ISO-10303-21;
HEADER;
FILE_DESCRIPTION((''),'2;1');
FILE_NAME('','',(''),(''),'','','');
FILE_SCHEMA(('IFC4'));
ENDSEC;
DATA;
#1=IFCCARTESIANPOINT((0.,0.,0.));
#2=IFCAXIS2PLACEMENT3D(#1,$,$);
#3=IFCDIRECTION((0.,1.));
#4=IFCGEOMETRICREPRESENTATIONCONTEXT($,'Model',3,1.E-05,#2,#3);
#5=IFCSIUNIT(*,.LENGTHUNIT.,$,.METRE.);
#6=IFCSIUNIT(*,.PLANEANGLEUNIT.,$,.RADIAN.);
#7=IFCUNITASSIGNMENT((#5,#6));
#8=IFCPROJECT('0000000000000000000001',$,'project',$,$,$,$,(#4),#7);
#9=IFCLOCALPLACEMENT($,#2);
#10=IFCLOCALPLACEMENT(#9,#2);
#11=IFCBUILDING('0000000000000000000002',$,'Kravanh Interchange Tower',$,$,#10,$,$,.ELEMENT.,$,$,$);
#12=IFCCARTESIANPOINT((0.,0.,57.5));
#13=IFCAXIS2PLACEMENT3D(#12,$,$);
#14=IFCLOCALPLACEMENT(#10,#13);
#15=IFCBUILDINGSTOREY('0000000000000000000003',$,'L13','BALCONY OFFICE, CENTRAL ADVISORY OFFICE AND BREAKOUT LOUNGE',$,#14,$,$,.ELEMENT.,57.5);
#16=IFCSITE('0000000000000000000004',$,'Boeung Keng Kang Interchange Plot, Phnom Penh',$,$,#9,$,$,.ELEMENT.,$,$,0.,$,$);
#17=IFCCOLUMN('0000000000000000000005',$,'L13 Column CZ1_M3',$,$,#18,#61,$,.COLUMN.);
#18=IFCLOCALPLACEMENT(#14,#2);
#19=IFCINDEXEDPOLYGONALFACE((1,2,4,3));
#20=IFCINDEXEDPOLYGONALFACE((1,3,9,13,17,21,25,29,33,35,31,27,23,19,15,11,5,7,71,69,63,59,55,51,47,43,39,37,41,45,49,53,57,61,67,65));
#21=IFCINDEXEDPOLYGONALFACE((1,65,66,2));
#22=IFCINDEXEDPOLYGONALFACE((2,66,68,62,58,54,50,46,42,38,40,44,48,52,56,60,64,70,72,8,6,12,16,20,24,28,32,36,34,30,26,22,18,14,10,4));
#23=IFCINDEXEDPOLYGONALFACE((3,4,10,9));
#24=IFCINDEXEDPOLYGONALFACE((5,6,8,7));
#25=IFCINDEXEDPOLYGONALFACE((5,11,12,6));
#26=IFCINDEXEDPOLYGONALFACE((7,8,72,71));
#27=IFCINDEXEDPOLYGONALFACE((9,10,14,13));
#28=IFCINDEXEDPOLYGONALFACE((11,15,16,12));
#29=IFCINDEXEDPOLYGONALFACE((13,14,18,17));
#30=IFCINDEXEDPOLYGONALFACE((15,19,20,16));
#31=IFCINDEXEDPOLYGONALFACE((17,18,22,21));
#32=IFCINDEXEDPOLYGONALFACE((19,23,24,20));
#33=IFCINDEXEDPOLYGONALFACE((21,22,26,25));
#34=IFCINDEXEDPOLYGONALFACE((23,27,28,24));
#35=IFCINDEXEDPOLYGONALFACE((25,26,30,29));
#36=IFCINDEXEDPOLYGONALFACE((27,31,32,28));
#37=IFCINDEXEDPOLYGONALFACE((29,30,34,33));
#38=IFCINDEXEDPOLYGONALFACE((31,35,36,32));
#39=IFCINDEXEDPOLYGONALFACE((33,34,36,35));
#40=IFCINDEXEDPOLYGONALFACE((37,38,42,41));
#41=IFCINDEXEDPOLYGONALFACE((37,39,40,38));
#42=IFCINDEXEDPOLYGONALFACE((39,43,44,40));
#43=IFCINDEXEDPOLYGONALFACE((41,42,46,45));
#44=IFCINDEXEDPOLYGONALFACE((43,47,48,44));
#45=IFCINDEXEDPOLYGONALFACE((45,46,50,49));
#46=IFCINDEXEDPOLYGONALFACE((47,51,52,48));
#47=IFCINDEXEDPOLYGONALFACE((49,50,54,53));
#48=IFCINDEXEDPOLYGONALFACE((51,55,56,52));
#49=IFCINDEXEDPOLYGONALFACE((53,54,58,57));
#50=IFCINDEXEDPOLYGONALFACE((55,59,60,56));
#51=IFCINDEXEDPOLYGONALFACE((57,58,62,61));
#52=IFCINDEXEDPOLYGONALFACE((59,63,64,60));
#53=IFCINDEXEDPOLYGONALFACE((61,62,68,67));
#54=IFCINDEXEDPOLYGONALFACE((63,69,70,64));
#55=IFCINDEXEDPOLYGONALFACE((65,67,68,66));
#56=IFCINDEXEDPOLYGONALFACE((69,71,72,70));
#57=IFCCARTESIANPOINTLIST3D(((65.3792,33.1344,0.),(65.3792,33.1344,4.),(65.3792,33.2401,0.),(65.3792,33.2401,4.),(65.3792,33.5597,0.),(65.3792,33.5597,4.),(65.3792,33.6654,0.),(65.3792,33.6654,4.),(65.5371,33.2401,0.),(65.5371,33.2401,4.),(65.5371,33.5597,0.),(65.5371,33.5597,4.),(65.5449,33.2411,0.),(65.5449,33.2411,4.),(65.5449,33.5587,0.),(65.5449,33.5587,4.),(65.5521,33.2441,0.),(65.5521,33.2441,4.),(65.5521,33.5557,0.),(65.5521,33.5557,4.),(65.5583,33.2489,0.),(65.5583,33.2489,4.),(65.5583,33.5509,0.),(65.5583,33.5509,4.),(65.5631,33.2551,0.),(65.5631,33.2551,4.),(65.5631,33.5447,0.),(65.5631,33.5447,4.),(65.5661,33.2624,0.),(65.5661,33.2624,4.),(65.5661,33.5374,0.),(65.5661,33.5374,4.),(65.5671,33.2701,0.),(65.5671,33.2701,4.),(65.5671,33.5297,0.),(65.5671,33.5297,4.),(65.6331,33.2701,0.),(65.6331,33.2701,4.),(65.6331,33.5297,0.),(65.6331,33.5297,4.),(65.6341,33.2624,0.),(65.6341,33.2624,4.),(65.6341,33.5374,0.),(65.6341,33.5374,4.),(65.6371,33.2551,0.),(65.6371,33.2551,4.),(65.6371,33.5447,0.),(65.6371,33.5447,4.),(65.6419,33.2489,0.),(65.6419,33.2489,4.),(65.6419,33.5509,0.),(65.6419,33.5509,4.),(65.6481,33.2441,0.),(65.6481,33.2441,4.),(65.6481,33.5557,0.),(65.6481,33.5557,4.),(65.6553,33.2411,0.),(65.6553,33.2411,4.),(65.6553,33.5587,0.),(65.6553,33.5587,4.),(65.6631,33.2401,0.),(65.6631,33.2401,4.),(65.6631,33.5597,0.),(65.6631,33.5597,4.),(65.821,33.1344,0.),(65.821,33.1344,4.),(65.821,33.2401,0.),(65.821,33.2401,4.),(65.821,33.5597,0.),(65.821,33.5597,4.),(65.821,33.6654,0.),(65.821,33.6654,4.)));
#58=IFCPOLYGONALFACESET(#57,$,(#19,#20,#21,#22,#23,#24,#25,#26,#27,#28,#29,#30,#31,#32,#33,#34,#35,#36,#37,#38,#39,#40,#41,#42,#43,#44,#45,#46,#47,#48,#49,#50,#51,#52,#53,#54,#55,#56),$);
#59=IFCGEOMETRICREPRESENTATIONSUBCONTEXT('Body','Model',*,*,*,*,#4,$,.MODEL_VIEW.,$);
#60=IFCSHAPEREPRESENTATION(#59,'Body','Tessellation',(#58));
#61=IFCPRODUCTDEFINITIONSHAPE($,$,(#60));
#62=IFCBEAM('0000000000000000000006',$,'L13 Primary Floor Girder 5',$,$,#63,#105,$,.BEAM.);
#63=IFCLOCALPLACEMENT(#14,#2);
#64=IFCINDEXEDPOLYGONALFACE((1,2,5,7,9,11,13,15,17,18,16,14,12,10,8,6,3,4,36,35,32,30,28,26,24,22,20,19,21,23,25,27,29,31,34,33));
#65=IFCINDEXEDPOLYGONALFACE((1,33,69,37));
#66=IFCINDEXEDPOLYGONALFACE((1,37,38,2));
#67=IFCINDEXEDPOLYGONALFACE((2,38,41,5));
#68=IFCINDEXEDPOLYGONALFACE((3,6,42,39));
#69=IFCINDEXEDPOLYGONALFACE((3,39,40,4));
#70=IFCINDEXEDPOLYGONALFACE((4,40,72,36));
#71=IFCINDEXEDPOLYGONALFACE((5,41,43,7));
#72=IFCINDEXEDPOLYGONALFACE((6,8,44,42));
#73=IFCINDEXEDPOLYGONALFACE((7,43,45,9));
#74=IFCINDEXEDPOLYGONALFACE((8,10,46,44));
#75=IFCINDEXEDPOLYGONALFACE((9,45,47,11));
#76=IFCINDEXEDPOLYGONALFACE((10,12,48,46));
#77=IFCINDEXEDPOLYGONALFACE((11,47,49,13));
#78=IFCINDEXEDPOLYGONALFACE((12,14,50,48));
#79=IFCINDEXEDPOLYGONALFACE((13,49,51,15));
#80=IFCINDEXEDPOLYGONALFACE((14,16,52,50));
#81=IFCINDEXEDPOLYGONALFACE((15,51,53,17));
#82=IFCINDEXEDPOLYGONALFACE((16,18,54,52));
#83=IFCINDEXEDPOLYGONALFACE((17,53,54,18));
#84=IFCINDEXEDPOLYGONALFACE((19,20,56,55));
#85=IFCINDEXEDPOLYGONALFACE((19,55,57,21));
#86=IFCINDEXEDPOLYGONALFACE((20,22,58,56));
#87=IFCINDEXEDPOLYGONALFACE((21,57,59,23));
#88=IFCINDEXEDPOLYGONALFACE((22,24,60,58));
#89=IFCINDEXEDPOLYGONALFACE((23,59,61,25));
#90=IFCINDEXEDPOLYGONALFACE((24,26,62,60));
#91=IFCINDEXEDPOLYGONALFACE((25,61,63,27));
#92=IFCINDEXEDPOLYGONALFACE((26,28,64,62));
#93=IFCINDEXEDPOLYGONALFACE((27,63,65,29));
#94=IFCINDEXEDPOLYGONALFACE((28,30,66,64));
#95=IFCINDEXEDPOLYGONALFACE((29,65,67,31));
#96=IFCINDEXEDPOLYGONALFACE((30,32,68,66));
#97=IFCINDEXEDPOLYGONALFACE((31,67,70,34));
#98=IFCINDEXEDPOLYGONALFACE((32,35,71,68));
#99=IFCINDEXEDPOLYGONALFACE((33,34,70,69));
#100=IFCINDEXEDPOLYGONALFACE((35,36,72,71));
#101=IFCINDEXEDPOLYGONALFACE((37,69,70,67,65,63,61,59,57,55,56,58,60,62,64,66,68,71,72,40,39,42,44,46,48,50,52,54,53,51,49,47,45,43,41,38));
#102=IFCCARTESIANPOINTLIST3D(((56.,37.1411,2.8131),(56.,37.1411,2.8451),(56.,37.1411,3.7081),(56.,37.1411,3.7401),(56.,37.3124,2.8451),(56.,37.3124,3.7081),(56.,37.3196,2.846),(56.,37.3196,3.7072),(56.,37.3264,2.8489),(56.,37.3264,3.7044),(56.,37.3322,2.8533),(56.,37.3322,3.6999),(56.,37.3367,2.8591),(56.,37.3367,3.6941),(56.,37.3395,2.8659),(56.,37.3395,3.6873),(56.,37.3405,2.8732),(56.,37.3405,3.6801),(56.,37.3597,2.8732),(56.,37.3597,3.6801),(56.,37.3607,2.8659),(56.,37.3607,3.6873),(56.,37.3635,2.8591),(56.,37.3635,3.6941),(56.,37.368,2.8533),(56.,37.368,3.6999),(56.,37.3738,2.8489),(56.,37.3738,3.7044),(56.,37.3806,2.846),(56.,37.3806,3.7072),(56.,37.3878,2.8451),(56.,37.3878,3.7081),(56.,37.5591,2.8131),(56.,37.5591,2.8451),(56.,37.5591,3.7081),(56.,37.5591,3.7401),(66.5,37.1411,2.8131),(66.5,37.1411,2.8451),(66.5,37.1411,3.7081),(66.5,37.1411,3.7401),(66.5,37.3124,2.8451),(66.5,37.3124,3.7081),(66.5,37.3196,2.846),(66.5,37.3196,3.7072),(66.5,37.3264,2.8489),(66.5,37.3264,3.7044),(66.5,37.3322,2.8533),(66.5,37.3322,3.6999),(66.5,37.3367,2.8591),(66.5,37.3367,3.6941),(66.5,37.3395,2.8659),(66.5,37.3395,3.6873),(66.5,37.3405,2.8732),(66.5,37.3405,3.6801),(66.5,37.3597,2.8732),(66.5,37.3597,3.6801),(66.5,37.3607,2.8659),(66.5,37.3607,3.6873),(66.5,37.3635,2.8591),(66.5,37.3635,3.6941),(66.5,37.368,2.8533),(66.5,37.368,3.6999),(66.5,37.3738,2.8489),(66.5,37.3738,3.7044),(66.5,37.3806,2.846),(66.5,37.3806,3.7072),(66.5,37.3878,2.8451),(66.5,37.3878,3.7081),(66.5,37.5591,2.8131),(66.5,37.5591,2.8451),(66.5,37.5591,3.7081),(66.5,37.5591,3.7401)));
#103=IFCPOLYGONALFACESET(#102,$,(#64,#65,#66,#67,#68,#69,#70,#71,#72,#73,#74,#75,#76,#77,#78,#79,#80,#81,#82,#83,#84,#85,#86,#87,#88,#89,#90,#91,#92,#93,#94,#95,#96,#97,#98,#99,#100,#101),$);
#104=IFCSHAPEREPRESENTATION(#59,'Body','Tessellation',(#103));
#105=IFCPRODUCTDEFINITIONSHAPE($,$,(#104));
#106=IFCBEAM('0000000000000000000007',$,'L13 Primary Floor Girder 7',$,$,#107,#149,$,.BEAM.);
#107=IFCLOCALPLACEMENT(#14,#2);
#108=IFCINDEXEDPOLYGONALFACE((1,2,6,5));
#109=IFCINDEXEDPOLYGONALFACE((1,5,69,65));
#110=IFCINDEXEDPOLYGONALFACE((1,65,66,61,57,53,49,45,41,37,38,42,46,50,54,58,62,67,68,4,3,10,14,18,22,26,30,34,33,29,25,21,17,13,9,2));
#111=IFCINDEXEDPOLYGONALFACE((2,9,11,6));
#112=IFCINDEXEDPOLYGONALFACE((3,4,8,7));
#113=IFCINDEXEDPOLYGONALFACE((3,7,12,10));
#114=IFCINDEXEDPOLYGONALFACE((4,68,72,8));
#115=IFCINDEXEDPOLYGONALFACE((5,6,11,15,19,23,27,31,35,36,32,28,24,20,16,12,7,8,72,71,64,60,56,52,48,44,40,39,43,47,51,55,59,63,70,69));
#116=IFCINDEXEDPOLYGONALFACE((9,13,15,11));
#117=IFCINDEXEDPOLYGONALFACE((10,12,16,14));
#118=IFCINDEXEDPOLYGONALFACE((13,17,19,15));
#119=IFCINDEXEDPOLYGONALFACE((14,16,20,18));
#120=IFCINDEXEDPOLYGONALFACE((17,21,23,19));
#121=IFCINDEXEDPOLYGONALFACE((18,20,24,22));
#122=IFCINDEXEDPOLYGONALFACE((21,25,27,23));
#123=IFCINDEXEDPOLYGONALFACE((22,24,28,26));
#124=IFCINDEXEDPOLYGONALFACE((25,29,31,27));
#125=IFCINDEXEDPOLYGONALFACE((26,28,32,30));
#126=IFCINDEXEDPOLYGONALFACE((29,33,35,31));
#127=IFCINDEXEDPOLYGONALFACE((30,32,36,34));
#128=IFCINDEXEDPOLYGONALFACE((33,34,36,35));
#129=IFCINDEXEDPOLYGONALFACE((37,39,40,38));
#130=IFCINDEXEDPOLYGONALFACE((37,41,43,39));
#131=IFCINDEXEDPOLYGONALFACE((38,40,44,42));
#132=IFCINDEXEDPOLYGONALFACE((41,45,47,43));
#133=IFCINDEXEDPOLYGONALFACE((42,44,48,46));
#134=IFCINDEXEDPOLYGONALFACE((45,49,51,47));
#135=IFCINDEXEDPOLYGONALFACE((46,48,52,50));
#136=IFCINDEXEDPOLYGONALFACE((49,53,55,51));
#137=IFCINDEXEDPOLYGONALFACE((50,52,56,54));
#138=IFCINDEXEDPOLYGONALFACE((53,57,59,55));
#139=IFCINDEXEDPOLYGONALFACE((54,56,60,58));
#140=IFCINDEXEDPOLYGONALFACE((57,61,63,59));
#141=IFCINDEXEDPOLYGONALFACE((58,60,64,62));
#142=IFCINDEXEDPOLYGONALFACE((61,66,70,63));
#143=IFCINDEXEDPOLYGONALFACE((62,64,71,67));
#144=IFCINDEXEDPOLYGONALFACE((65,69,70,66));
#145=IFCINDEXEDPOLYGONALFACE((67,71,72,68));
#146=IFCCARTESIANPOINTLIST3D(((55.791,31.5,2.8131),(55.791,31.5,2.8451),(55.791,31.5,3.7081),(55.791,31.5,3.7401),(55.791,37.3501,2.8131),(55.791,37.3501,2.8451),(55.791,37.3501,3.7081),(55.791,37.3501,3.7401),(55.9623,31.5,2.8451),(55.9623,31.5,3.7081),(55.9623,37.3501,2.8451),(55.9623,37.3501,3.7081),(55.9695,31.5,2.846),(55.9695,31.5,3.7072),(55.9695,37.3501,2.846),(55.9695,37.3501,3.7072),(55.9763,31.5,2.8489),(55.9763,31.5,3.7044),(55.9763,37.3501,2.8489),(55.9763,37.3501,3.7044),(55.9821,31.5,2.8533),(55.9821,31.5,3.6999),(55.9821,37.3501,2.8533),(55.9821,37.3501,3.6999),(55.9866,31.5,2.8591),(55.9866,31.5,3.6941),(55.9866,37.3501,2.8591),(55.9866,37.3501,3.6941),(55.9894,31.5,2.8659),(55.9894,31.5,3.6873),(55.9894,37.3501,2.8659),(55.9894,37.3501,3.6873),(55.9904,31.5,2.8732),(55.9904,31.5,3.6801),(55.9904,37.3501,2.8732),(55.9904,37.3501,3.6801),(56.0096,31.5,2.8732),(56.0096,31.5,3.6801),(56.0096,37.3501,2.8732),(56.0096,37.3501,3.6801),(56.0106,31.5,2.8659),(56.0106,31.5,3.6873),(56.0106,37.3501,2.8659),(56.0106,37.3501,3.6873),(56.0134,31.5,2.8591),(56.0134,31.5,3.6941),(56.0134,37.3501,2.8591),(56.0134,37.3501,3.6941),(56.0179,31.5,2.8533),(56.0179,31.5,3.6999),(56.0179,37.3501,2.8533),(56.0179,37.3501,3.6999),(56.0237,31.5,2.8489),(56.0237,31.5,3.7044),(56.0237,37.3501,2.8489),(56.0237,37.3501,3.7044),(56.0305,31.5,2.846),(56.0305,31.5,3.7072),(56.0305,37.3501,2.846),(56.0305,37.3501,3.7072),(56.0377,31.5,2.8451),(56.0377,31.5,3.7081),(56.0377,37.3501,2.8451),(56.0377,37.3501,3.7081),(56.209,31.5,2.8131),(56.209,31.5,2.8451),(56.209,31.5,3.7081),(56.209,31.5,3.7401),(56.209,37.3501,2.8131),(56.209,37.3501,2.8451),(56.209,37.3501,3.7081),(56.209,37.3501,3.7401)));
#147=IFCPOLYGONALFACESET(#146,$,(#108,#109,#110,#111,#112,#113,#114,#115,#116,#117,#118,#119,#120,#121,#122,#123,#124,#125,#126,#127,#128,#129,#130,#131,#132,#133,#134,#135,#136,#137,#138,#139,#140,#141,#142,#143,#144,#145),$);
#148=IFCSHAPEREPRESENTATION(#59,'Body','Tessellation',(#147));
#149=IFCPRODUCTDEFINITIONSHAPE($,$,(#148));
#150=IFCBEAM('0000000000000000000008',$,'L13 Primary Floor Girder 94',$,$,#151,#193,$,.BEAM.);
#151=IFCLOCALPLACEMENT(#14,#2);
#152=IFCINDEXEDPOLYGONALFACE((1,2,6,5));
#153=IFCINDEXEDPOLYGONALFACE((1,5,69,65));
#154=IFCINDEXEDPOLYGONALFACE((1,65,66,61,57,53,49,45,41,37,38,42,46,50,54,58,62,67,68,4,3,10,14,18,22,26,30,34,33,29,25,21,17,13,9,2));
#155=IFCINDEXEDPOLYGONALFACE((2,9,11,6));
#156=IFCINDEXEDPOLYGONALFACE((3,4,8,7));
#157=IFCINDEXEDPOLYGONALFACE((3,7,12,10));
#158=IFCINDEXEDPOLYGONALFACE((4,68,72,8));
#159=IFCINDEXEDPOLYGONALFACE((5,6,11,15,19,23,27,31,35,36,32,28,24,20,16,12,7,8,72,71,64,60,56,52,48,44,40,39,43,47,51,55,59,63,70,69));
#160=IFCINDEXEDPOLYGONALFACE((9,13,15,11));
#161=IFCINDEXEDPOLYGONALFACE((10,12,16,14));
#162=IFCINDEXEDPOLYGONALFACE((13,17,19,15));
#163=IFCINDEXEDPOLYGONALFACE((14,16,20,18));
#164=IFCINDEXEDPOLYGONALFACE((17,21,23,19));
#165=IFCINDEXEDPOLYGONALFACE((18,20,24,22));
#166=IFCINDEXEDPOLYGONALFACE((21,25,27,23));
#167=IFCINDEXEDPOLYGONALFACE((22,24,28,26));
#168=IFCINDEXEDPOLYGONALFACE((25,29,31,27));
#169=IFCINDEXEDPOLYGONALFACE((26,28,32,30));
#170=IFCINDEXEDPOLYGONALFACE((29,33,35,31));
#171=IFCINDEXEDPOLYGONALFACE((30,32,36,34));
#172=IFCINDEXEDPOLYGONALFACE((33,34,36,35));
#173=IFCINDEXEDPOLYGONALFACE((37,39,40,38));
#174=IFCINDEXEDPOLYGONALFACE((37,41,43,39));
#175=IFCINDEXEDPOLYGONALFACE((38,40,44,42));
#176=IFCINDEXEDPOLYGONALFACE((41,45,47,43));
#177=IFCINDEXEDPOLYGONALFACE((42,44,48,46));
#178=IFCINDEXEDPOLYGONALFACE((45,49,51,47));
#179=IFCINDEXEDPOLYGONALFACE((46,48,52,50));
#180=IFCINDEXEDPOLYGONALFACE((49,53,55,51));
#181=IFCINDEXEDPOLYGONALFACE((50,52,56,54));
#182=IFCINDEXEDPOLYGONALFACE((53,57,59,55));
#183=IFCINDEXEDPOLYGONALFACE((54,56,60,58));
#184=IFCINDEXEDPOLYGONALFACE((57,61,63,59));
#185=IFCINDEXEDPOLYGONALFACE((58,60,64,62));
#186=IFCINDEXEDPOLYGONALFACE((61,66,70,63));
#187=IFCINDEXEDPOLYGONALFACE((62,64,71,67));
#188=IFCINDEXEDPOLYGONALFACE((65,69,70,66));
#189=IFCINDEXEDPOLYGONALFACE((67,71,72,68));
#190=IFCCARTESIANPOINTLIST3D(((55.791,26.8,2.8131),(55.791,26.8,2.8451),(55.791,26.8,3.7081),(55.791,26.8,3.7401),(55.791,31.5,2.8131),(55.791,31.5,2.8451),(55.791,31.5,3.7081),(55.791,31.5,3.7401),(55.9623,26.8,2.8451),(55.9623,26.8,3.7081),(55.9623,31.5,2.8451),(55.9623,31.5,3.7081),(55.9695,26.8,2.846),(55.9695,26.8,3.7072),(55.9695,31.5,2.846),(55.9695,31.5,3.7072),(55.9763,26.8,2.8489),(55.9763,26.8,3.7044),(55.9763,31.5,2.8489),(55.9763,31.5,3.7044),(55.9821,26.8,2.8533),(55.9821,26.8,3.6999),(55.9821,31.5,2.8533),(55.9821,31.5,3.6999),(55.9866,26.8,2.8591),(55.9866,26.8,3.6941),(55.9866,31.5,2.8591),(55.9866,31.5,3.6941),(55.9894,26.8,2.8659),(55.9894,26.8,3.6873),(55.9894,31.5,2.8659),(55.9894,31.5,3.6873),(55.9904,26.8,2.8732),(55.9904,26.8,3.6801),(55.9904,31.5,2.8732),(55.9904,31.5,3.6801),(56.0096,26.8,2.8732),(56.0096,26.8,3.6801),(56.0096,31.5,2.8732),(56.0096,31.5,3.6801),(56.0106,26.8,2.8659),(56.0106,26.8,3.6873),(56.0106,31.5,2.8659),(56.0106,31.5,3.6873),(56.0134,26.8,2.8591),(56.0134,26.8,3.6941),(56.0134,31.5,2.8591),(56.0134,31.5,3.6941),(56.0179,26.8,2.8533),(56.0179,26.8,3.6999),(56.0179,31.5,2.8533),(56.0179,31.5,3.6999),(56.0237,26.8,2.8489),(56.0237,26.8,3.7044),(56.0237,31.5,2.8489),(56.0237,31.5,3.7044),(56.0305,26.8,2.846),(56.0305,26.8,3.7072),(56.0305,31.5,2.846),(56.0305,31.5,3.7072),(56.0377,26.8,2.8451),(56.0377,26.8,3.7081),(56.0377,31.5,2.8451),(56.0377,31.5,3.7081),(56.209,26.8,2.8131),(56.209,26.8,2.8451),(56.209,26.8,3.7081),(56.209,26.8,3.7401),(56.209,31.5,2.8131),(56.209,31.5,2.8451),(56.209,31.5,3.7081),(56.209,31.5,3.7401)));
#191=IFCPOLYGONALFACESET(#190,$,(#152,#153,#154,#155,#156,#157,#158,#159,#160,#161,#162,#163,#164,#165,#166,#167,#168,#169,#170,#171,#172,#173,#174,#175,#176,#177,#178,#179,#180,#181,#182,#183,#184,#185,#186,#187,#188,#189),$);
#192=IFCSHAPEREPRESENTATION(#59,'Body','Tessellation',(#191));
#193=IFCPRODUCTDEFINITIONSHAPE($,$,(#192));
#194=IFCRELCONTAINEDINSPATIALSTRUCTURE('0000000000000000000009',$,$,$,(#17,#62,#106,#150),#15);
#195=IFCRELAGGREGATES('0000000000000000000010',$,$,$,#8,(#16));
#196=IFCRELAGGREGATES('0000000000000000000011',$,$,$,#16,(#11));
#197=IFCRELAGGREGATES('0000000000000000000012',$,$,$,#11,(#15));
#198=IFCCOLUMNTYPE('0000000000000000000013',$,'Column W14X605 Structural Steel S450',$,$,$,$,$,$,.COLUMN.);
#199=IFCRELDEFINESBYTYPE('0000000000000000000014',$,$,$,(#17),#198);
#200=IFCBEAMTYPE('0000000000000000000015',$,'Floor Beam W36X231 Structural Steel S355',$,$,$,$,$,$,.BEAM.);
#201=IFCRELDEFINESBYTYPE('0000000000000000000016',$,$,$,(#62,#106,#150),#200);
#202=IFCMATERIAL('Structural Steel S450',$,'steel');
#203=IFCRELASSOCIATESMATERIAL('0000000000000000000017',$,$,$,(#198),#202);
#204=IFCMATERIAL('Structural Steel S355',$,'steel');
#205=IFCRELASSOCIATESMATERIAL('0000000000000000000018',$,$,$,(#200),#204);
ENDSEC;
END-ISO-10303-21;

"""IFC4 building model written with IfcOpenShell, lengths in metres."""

from ifc_helpers import new_model, si_unit, direction, frame, origin, origin_2d, place, context, subcontext, project, spatial, i_section, extrude, material, material_profile, profile_set, type_object, element, save


model = new_model("IFC4")

# Units and contexts
model_context = context("Model", 3, precision=1e-05, world=origin(), true_north=direction((0.0, 1.0)))
body_context = subcontext(model_context, "Body", "Model", "MODEL_VIEW")
ifc_project = project(units=[si_unit("LENGTHUNIT", "METRE"), si_unit("PLANEANGLEUNIT", "RADIAN")], contexts=[model_context])

# Site, building, storey
site_placement = place(None, origin())
site = spatial("IfcSite", under=ifc_project, at=site_placement, Name="Boeung Keng Kang Interchange Plot, Phnom Penh", CompositionType="ELEMENT", RefElevation=0.0)
building_placement = place(site_placement, origin())
building = spatial("IfcBuilding", under=site, at=building_placement, Name="Kravanh Interchange Tower", CompositionType="ELEMENT")
storey_placement = place(building_placement, frame((0.0, 0.0, 57.5)))
storey = spatial("IfcBuildingStorey", under=building, at=storey_placement, Name="L13", Description="BALCONY OFFICE, CENTRAL ADVISORY OFFICE AND BREAKOUT LOUNGE", CompositionType="ELEMENT", Elevation=57.5)

# Column
ifc_material_1 = material(Name="Structural Steel S450", Category="steel")
ifc_material_profile_1 = material_profile(ifc_material_1, i_section(OverallWidth=0.4419, OverallDepth=0.531, WebThickness=0.0659, FlangeThickness=0.1057, FilletRadius=0.03, at=origin_2d()), Name="W14X605")
ifc_profile_set_1 = profile_set([ifc_material_profile_1], Name="Structural Steel S450")
column_type_1 = type_object("IfcColumnType", Name="Column W14X605 Structural Steel S450", PredefinedType="COLUMN", material=ifc_profile_set_1)
for number, where, z_axis, x_axis, name in (
    (1, (65.6001, 33.3999, 0.0), (0.0, 0.0, 1.0), (1.0, 0.0, 0.0), "L13 Column CZ1_M3"),
):
    element("IfcColumn", number, at=place(storey_placement, frame(where, z_axis=z_axis, x_axis=x_axis)), inside=storey, type_object=column_type_1, Name=name, PredefinedType="COLUMN", context=body_context, shape_type="SweptSolid", body=[
        extrude(i_section(OverallWidth=0.4419, OverallDepth=0.531, WebThickness=0.0659, FlangeThickness=0.1057, FilletRadius=0.03, at=origin_2d()), origin(), (0.0, 0.0, 1.0), 4.0),
    ])

# Beams
ifc_material_2 = material(Name="Structural Steel S355", Category="steel")
ifc_material_profile_2 = material_profile(ifc_material_2, i_section(OverallWidth=0.418, OverallDepth=0.927, WebThickness=0.0193, FlangeThickness=0.032, FilletRadius=0.0281, at=origin_2d()), Name="W36X231")
ifc_profile_set_2 = profile_set([ifc_material_profile_2], Name="Structural Steel S355")
beam_type_1 = type_object("IfcBeamType", Name="Floor Beam W36X231 Structural Steel S355", PredefinedType="BEAM", material=ifc_profile_set_2)
beam_1_placement = place(storey_placement, frame((66.5, 37.3501, 3.2766), z_axis=(-1.0, 0.0, 0.0), x_axis=(0.0, -1.0, 0.0)))
element("IfcBeam", 2, at=beam_1_placement, inside=storey, type_object=beam_type_1, Name="L13 Primary Floor Girder 5", PredefinedType="BEAM", context=body_context, shape_type="SweptSolid", body=[
    extrude(i_section(OverallWidth=0.418, OverallDepth=0.927, WebThickness=0.0193, FlangeThickness=0.032, FilletRadius=0.0281, at=origin_2d()), origin(), (0.0, 0.0, 1.0), 10.5),
])
beam_2_placement = place(storey_placement, frame((56.0, 37.3501, 3.2766), z_axis=(0.0, -1.0, 0.0), x_axis=(1.0, 0.0, 0.0)))
element("IfcBeam", 3, at=beam_2_placement, inside=storey, type_object=beam_type_1, Name="L13 Primary Floor Girder 7", PredefinedType="BEAM", context=body_context, shape_type="SweptSolid", body=[
    extrude(i_section(OverallWidth=0.418, OverallDepth=0.927, WebThickness=0.0193, FlangeThickness=0.032, FilletRadius=0.0281, at=origin_2d()), origin(), (0.0, 0.0, 1.0), 5.8501),
])
beam_3_placement = place(storey_placement, frame((56.0, 26.8, 3.2766), z_axis=(0.0, 1.0, 0.0), x_axis=(-1.0, 0.0, 0.0)))
element("IfcBeam", 4, at=beam_3_placement, inside=storey, type_object=beam_type_1, Name="L13 Primary Floor Girder 94", PredefinedType="BEAM", context=body_context, shape_type="SweptSolid", body=[
    extrude(i_section(OverallWidth=0.418, OverallDepth=0.927, WebThickness=0.0193, FlangeThickness=0.032, FilletRadius=0.0281, at=origin_2d()), origin(), (0.0, 0.0, 1.0), 4.7),
])

save(model, "model.ifc")
